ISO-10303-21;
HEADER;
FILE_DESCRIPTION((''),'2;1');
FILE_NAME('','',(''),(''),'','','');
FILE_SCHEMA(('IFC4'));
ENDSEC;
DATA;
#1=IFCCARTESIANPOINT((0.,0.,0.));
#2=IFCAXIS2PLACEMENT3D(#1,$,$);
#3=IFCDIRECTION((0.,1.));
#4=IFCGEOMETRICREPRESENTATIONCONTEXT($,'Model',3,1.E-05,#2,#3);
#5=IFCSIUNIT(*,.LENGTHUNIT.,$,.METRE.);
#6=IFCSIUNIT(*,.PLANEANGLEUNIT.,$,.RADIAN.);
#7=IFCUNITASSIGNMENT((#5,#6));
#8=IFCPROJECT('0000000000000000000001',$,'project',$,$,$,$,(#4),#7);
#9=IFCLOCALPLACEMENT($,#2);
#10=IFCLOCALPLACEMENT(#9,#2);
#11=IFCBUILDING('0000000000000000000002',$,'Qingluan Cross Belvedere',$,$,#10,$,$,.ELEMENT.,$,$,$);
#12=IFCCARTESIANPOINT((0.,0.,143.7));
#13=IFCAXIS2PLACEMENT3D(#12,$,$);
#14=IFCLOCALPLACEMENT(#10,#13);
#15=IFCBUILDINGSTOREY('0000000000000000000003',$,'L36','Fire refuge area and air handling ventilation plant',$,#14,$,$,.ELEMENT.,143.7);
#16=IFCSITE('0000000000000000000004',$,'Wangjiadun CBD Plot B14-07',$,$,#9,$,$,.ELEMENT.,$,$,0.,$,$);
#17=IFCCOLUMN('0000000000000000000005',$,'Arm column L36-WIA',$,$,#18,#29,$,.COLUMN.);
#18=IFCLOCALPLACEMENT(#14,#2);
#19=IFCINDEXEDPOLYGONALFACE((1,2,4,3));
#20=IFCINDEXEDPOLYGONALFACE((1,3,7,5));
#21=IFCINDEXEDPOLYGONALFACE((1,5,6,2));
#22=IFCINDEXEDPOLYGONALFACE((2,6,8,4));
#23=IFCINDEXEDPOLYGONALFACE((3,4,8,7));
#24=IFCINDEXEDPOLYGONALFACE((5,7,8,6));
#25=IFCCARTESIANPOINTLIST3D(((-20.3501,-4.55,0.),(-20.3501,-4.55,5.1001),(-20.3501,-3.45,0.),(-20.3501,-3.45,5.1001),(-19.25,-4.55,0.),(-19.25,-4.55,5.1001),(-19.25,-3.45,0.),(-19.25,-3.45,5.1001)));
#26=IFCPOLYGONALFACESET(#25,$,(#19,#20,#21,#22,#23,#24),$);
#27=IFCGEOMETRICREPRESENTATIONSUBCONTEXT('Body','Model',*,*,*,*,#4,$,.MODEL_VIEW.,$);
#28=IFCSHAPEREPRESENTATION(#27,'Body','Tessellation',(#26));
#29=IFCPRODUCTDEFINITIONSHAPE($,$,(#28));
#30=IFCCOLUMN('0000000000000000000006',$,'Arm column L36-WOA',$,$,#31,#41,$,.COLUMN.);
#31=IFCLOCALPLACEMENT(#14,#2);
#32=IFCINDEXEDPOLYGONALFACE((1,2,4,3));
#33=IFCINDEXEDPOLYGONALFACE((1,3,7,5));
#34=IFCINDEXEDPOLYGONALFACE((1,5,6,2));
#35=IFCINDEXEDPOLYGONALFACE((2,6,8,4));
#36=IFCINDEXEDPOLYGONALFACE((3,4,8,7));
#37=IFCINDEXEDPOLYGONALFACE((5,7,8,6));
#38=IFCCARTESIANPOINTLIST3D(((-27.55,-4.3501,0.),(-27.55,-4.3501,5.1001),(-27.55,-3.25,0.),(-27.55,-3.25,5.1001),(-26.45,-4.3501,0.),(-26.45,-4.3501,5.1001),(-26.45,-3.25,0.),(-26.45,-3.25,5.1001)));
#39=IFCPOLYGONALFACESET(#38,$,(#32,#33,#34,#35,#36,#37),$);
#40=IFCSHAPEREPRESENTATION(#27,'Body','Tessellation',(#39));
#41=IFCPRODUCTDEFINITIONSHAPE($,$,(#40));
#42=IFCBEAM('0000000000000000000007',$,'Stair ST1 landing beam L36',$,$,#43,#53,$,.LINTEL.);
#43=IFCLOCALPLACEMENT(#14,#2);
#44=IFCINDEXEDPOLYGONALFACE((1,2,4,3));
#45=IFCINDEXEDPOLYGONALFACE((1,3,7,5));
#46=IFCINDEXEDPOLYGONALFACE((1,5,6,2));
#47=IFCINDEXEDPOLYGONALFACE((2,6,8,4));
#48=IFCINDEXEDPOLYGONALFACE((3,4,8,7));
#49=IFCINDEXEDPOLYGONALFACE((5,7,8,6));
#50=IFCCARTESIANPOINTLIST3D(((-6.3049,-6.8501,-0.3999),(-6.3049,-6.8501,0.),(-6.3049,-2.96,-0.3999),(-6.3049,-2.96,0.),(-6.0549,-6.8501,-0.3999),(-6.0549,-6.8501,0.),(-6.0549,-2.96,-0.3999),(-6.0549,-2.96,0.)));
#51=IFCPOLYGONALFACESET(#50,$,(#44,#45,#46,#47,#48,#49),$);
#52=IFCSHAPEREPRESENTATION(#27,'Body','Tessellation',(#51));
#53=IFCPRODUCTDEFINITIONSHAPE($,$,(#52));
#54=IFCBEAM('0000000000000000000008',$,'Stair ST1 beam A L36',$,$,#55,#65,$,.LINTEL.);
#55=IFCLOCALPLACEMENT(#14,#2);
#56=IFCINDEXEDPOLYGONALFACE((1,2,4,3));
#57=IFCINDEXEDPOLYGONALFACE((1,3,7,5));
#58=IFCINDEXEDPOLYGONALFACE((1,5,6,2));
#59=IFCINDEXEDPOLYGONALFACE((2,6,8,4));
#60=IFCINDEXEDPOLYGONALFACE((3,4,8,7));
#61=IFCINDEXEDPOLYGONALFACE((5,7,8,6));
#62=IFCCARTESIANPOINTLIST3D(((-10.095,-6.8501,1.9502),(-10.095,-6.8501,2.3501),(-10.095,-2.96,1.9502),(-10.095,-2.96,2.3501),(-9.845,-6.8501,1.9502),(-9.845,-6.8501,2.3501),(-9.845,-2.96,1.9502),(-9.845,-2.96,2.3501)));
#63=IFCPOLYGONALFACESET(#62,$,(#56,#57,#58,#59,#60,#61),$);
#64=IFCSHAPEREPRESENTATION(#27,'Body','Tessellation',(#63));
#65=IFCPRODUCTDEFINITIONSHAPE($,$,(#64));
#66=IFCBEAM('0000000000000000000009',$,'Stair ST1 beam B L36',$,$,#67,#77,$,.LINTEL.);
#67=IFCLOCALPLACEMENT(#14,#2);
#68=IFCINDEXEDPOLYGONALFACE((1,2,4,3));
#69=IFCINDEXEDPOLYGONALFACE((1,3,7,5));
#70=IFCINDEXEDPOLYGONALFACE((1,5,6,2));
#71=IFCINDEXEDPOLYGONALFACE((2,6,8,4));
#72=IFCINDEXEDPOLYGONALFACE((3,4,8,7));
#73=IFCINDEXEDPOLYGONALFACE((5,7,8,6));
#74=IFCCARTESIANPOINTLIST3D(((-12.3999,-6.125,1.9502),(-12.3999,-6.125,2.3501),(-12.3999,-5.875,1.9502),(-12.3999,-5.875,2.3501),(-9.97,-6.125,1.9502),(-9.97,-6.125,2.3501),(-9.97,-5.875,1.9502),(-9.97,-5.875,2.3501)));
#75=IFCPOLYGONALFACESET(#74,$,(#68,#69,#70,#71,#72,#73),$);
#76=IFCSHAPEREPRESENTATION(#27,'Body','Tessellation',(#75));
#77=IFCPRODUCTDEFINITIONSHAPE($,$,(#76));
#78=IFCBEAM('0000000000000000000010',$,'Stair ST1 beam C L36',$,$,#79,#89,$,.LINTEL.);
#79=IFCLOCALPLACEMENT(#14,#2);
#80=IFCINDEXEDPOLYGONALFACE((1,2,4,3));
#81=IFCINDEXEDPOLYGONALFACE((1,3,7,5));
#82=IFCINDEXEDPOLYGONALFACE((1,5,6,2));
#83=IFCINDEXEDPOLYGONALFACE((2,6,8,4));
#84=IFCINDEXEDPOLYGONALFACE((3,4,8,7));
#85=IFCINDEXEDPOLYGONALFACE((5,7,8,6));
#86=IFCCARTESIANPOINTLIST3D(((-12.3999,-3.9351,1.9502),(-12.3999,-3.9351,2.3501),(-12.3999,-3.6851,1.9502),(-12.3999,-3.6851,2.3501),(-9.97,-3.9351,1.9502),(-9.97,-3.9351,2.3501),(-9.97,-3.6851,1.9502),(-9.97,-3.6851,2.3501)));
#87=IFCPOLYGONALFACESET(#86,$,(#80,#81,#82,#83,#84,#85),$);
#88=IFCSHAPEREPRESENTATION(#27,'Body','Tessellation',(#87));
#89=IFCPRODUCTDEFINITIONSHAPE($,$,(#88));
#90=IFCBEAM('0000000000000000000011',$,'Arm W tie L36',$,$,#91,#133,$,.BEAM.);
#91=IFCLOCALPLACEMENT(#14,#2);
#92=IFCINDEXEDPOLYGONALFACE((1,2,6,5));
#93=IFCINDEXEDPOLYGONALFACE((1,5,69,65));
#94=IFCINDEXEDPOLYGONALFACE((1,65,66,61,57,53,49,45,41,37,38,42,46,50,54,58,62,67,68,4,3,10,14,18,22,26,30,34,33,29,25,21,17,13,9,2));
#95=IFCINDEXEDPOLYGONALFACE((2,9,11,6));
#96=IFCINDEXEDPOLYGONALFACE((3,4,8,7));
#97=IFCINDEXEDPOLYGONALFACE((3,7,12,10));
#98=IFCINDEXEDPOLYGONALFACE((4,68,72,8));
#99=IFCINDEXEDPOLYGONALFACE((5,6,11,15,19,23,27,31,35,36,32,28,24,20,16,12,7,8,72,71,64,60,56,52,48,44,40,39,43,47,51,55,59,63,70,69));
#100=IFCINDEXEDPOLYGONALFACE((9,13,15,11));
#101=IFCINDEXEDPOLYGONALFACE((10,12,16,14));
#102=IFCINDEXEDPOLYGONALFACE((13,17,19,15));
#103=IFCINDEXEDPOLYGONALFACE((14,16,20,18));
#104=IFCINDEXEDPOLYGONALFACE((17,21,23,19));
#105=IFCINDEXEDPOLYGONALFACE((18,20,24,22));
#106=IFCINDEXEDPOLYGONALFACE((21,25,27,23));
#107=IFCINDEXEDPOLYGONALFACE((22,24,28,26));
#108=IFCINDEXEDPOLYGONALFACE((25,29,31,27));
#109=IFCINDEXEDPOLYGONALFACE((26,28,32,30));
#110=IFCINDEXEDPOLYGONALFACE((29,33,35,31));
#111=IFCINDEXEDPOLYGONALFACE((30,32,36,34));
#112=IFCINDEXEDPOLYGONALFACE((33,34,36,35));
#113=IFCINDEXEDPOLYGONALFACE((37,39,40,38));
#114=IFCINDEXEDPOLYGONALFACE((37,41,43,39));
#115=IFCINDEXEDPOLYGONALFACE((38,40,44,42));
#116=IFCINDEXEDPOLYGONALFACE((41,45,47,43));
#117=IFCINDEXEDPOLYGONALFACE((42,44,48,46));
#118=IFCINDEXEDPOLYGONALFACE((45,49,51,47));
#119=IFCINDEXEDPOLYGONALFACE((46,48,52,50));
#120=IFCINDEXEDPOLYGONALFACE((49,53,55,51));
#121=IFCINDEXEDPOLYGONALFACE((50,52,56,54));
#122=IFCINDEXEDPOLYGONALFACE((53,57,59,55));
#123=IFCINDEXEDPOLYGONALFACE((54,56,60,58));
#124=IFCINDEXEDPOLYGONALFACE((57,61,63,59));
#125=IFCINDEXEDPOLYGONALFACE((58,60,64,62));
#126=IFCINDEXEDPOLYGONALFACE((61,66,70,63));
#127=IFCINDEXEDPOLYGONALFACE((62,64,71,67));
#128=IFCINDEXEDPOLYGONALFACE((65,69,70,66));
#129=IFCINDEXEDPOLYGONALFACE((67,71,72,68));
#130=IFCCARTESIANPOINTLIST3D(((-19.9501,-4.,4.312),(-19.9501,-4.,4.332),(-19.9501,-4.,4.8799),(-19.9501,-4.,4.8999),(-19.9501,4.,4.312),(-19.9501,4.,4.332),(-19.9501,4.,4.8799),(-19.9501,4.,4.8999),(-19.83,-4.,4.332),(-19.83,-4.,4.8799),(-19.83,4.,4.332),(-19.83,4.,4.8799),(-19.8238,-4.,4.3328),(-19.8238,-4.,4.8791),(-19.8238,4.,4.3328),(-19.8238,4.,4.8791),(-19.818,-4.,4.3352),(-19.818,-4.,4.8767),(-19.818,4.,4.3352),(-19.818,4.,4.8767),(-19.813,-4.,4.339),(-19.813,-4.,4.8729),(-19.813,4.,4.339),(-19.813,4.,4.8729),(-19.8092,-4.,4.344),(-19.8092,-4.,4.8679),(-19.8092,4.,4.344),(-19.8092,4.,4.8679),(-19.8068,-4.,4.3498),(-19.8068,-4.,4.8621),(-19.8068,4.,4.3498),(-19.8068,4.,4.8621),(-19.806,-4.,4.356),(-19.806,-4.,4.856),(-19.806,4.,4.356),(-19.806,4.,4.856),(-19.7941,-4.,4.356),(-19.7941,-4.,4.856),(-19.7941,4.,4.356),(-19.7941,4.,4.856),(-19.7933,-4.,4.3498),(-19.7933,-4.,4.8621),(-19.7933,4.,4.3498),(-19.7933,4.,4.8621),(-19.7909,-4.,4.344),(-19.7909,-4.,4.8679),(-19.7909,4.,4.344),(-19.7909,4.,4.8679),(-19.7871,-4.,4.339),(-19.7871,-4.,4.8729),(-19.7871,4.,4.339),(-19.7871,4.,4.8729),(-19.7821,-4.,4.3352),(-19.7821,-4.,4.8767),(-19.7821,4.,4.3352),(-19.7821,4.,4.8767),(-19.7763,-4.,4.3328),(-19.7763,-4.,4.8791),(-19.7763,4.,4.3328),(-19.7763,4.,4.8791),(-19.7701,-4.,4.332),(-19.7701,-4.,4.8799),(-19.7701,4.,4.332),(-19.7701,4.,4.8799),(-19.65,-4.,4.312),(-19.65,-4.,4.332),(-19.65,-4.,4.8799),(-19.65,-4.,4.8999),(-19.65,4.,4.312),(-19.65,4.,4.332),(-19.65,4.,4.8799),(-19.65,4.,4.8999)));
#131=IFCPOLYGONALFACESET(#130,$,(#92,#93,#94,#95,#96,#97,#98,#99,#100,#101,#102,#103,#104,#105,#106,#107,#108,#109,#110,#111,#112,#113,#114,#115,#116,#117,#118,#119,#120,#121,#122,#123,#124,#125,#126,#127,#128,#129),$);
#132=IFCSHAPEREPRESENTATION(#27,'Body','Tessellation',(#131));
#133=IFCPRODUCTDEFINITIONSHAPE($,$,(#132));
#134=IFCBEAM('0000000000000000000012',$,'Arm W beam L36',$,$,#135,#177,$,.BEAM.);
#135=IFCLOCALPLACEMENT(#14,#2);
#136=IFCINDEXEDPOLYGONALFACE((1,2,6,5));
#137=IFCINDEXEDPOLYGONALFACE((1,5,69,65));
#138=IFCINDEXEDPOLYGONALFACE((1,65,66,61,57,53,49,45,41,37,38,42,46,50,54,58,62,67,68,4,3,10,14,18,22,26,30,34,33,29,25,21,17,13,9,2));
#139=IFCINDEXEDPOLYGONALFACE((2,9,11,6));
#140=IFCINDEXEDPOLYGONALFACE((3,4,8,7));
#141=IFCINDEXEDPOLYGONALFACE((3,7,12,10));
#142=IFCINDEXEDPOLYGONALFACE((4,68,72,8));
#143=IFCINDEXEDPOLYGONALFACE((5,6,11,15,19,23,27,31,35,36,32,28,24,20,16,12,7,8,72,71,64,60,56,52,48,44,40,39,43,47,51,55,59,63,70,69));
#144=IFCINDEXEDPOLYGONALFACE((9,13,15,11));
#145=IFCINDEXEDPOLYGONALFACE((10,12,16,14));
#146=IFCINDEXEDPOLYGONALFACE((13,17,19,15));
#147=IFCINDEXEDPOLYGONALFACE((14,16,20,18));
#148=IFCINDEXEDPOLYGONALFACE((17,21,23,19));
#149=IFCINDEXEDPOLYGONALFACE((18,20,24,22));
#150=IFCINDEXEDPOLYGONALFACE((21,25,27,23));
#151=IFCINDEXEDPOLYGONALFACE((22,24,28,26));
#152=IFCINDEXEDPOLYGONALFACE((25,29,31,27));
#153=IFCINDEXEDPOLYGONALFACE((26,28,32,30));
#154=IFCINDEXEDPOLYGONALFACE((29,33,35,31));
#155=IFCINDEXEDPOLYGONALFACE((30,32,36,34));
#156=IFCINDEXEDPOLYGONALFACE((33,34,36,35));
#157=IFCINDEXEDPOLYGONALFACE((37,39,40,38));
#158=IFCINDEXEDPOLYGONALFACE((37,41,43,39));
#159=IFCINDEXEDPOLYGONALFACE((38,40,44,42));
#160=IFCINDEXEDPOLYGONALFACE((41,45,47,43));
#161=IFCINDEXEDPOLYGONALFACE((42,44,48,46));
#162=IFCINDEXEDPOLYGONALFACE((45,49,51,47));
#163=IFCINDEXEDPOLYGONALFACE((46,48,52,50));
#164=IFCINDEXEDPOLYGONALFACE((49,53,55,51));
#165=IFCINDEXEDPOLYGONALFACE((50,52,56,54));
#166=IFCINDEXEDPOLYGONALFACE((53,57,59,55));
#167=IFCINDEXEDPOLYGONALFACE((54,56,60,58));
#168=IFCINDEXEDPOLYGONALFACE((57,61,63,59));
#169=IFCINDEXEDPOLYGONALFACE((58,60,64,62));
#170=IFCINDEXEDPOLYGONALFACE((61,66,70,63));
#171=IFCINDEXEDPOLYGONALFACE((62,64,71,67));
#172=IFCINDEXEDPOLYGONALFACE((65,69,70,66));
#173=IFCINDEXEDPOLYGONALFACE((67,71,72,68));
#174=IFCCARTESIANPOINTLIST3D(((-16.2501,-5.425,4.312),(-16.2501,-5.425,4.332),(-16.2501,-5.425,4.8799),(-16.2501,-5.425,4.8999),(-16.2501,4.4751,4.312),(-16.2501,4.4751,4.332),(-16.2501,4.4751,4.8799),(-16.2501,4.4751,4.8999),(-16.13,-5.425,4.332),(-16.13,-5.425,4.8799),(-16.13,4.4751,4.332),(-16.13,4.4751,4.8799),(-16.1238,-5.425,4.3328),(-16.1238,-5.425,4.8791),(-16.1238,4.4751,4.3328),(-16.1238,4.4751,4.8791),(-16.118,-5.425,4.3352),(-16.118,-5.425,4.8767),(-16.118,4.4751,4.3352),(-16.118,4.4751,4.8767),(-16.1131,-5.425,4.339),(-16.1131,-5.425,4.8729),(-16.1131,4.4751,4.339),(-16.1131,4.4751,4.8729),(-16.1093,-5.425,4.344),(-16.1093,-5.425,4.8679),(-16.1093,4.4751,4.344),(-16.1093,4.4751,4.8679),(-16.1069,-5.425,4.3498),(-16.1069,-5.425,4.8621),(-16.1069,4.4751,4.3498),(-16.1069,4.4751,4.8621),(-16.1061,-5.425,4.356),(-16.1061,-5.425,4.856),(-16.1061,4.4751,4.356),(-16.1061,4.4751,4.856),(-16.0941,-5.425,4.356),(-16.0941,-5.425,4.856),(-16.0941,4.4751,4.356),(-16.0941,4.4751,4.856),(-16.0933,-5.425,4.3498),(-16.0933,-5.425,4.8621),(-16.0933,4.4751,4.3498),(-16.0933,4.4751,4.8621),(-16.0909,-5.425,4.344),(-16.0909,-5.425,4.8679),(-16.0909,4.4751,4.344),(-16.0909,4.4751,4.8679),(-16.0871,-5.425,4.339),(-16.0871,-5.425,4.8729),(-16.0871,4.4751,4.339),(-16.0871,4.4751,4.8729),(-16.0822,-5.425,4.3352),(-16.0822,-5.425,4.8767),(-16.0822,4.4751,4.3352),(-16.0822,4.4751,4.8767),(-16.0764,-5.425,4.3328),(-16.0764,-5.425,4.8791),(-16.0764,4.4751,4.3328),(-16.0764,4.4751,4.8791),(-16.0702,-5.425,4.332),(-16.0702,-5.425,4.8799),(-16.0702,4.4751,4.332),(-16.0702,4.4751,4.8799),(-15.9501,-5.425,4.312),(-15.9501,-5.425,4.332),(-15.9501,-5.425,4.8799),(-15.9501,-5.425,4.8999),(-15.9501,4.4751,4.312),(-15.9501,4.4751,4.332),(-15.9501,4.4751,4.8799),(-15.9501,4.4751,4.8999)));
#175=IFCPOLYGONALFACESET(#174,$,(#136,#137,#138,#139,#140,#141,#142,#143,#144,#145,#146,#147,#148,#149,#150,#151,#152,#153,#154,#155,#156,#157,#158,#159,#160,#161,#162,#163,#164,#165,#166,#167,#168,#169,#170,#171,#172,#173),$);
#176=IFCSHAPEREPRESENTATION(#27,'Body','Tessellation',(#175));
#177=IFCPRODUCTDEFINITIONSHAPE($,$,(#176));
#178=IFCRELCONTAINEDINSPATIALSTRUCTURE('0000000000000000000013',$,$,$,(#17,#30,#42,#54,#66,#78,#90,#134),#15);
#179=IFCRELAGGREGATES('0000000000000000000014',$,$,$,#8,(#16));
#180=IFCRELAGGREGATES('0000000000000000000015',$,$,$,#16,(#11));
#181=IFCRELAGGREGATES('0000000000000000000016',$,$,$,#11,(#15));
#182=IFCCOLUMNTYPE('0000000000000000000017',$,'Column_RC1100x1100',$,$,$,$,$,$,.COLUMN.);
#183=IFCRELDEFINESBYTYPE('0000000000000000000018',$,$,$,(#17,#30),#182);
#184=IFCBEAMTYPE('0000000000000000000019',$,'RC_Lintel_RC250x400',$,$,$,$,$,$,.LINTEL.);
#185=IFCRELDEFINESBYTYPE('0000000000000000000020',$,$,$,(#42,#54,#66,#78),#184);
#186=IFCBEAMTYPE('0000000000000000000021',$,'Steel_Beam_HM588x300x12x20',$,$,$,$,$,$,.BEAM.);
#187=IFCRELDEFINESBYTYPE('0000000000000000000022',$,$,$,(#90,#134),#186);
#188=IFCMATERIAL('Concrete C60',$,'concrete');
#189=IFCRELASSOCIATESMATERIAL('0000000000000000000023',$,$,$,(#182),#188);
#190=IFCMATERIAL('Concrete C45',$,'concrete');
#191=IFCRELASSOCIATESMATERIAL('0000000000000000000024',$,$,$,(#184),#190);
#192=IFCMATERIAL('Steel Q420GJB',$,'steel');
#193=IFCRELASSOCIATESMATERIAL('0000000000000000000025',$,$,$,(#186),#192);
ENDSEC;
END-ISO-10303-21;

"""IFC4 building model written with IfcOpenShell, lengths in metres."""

from ifc_helpers import new_model, si_unit, direction, frame, origin, origin_2d, place, context, subcontext, project, spatial, rectangle, i_section, extrude, material, material_profile, profile_set, type_object, element, save


model = new_model("IFC4")

# Units and contexts
model_context = context("Model", 3, precision=1e-05, world=origin(), true_north=direction((0.0, 1.0)))
body_context = subcontext(model_context, "Body", "Model", "MODEL_VIEW")
ifc_project = project(units=[si_unit("LENGTHUNIT", "METRE"), si_unit("PLANEANGLEUNIT", "RADIAN")], contexts=[model_context])

# Site, building, storey
site_placement = place(None, origin())
site = spatial("IfcSite", under=ifc_project, at=site_placement, Name="Wangjiadun CBD Plot B14-07", CompositionType="ELEMENT", RefElevation=0.0)
building_placement = place(site_placement, origin())
building = spatial("IfcBuilding", under=site, at=building_placement, Name="Qingluan Cross Belvedere", CompositionType="ELEMENT")
storey_placement = place(building_placement, frame((0.0, 0.0, 143.7)))
storey = spatial("IfcBuildingStorey", under=building, at=storey_placement, Name="L36", Description="Fire refuge area and air handling ventilation plant", CompositionType="ELEMENT", Elevation=143.7)

# Columns
ifc_material_1 = material(Name="Concrete C60", Category="concrete")
ifc_material_profile_1 = material_profile(ifc_material_1, rectangle(XDim=1.1001, YDim=1.1001, at=origin_2d()), Name="RC1100x1100")
ifc_profile_set_1 = profile_set([ifc_material_profile_1], Name="Concrete C60")
column_type = type_object("IfcColumnType", Name="Column_RC1100x1100", PredefinedType="COLUMN", material=ifc_profile_set_1)
for number, where, z_axis, x_axis, name in (
    (1, (-19.8, -4.0, 0.0), (0.0, 0.0, 1.0), (1.0, 0.0, 0.0), "Arm column L36-WIA"),
    (2, (-27.0, -3.8, 0.0), (0.0, 0.0, 1.0), (1.0, 0.0, 0.0), "Arm column L36-WOA"),
):
    element("IfcColumn", number, at=place(storey_placement, frame(where, z_axis=z_axis, x_axis=x_axis)), inside=storey, type_object=column_type, Name=name, PredefinedType="COLUMN", context=body_context, shape_type="SweptSolid", body=[
        extrude(rectangle(XDim=1.1001, YDim=1.1001, at=origin_2d()), origin(), (0.0, 0.0, 1.0), 5.1001),
    ])

# Beams
ifc_material_2 = material(Name="Concrete C45", Category="concrete")
ifc_material_profile_2 = material_profile(ifc_material_2, rectangle(XDim=0.25, YDim=0.3999, at=origin_2d()), Name="RC250x400")
ifc_profile_set_2 = profile_set([ifc_material_profile_2], Name="Concrete C45")
beam_type_1 = type_object("IfcBeamType", Name="RC_Lintel_RC250x400", PredefinedType="LINTEL", material=ifc_profile_set_2)
for number, where, z_axis, x_axis, name in (
    (3, (-6.1799, -6.8501, -0.2), (0.0, 1.0, 0.0), (-1.0, 0.0, 0.0), "Stair ST1 landing beam L36"),
    (4, (-9.97, -6.8501, 2.1501), (0.0, 1.0, 0.0), (-1.0, 0.0, 0.0), "Stair ST1 beam A L36"),
):
    element("IfcBeam", number, at=place(storey_placement, frame(where, z_axis=z_axis, x_axis=x_axis)), inside=storey, type_object=beam_type_1, Name=name, PredefinedType="LINTEL", context=body_context, shape_type="SweptSolid", body=[
        extrude(rectangle(XDim=0.25, YDim=0.3999, at=origin_2d()), origin(), (0.0, 0.0, 1.0), 3.8901),
    ])
for number, where, z_axis, x_axis, name in (
    (5, (-12.3999, -6.0, 2.1501), (1.0, 0.0, 0.0), (0.0, 1.0, 0.0), "Stair ST1 beam B L36"),
    (6, (-12.3999, -3.8101, 2.1501), (1.0, 0.0, 0.0), (0.0, 1.0, 0.0), "Stair ST1 beam C L36"),
):
    element("IfcBeam", number, at=place(storey_placement, frame(where, z_axis=z_axis, x_axis=x_axis)), inside=storey, type_object=beam_type_1, Name=name, PredefinedType="LINTEL", context=body_context, shape_type="SweptSolid", body=[
        extrude(rectangle(XDim=0.25, YDim=0.3999, at=origin_2d()), origin(), (0.0, 0.0, 1.0), 2.4299),
    ])
ifc_material_3 = material(Name="Steel Q420GJB", Category="steel")
ifc_material_profile_3 = material_profile(ifc_material_3, i_section(OverallWidth=0.3, OverallDepth=0.5879, WebThickness=0.012, FlangeThickness=0.02, FilletRadius=0.0239, at=origin_2d()), Name="HM588x300x12x20")
ifc_profile_set_3 = profile_set([ifc_material_profile_3], Name="Steel Q420GJB")
beam_type_2 = type_object("IfcBeamType", Name="Steel_Beam_HM588x300x12x20", PredefinedType="BEAM", material=ifc_profile_set_3)
beam_1_placement = place(storey_placement, frame((-19.8, -4.0, 4.606), z_axis=(0.0, 1.0, 0.0), x_axis=(-1.0, 0.0, 0.0)))
element("IfcBeam", 7, at=beam_1_placement, inside=storey, type_object=beam_type_2, Name="Arm W tie L36", PredefinedType="BEAM", context=body_context, shape_type="SweptSolid", body=[
    extrude(i_section(OverallWidth=0.3, OverallDepth=0.5879, WebThickness=0.012, FlangeThickness=0.02, FilletRadius=0.0239, at=origin_2d()), origin(), (0.0, 0.0, 1.0), 8.0),
])
beam_2_placement = place(storey_placement, frame((-16.1001, -5.425, 4.606), z_axis=(0.0, 1.0, 0.0), x_axis=(-1.0, 0.0, 0.0)))
element("IfcBeam", 8, at=beam_2_placement, inside=storey, type_object=beam_type_2, Name="Arm W beam L36", PredefinedType="BEAM", context=body_context, shape_type="SweptSolid", body=[
    extrude(i_section(OverallWidth=0.3, OverallDepth=0.5879, WebThickness=0.012, FlangeThickness=0.02, FilletRadius=0.0239, at=origin_2d()), origin(), (0.0, 0.0, 1.0), 9.9001),
])

save(model, "model.ifc")
